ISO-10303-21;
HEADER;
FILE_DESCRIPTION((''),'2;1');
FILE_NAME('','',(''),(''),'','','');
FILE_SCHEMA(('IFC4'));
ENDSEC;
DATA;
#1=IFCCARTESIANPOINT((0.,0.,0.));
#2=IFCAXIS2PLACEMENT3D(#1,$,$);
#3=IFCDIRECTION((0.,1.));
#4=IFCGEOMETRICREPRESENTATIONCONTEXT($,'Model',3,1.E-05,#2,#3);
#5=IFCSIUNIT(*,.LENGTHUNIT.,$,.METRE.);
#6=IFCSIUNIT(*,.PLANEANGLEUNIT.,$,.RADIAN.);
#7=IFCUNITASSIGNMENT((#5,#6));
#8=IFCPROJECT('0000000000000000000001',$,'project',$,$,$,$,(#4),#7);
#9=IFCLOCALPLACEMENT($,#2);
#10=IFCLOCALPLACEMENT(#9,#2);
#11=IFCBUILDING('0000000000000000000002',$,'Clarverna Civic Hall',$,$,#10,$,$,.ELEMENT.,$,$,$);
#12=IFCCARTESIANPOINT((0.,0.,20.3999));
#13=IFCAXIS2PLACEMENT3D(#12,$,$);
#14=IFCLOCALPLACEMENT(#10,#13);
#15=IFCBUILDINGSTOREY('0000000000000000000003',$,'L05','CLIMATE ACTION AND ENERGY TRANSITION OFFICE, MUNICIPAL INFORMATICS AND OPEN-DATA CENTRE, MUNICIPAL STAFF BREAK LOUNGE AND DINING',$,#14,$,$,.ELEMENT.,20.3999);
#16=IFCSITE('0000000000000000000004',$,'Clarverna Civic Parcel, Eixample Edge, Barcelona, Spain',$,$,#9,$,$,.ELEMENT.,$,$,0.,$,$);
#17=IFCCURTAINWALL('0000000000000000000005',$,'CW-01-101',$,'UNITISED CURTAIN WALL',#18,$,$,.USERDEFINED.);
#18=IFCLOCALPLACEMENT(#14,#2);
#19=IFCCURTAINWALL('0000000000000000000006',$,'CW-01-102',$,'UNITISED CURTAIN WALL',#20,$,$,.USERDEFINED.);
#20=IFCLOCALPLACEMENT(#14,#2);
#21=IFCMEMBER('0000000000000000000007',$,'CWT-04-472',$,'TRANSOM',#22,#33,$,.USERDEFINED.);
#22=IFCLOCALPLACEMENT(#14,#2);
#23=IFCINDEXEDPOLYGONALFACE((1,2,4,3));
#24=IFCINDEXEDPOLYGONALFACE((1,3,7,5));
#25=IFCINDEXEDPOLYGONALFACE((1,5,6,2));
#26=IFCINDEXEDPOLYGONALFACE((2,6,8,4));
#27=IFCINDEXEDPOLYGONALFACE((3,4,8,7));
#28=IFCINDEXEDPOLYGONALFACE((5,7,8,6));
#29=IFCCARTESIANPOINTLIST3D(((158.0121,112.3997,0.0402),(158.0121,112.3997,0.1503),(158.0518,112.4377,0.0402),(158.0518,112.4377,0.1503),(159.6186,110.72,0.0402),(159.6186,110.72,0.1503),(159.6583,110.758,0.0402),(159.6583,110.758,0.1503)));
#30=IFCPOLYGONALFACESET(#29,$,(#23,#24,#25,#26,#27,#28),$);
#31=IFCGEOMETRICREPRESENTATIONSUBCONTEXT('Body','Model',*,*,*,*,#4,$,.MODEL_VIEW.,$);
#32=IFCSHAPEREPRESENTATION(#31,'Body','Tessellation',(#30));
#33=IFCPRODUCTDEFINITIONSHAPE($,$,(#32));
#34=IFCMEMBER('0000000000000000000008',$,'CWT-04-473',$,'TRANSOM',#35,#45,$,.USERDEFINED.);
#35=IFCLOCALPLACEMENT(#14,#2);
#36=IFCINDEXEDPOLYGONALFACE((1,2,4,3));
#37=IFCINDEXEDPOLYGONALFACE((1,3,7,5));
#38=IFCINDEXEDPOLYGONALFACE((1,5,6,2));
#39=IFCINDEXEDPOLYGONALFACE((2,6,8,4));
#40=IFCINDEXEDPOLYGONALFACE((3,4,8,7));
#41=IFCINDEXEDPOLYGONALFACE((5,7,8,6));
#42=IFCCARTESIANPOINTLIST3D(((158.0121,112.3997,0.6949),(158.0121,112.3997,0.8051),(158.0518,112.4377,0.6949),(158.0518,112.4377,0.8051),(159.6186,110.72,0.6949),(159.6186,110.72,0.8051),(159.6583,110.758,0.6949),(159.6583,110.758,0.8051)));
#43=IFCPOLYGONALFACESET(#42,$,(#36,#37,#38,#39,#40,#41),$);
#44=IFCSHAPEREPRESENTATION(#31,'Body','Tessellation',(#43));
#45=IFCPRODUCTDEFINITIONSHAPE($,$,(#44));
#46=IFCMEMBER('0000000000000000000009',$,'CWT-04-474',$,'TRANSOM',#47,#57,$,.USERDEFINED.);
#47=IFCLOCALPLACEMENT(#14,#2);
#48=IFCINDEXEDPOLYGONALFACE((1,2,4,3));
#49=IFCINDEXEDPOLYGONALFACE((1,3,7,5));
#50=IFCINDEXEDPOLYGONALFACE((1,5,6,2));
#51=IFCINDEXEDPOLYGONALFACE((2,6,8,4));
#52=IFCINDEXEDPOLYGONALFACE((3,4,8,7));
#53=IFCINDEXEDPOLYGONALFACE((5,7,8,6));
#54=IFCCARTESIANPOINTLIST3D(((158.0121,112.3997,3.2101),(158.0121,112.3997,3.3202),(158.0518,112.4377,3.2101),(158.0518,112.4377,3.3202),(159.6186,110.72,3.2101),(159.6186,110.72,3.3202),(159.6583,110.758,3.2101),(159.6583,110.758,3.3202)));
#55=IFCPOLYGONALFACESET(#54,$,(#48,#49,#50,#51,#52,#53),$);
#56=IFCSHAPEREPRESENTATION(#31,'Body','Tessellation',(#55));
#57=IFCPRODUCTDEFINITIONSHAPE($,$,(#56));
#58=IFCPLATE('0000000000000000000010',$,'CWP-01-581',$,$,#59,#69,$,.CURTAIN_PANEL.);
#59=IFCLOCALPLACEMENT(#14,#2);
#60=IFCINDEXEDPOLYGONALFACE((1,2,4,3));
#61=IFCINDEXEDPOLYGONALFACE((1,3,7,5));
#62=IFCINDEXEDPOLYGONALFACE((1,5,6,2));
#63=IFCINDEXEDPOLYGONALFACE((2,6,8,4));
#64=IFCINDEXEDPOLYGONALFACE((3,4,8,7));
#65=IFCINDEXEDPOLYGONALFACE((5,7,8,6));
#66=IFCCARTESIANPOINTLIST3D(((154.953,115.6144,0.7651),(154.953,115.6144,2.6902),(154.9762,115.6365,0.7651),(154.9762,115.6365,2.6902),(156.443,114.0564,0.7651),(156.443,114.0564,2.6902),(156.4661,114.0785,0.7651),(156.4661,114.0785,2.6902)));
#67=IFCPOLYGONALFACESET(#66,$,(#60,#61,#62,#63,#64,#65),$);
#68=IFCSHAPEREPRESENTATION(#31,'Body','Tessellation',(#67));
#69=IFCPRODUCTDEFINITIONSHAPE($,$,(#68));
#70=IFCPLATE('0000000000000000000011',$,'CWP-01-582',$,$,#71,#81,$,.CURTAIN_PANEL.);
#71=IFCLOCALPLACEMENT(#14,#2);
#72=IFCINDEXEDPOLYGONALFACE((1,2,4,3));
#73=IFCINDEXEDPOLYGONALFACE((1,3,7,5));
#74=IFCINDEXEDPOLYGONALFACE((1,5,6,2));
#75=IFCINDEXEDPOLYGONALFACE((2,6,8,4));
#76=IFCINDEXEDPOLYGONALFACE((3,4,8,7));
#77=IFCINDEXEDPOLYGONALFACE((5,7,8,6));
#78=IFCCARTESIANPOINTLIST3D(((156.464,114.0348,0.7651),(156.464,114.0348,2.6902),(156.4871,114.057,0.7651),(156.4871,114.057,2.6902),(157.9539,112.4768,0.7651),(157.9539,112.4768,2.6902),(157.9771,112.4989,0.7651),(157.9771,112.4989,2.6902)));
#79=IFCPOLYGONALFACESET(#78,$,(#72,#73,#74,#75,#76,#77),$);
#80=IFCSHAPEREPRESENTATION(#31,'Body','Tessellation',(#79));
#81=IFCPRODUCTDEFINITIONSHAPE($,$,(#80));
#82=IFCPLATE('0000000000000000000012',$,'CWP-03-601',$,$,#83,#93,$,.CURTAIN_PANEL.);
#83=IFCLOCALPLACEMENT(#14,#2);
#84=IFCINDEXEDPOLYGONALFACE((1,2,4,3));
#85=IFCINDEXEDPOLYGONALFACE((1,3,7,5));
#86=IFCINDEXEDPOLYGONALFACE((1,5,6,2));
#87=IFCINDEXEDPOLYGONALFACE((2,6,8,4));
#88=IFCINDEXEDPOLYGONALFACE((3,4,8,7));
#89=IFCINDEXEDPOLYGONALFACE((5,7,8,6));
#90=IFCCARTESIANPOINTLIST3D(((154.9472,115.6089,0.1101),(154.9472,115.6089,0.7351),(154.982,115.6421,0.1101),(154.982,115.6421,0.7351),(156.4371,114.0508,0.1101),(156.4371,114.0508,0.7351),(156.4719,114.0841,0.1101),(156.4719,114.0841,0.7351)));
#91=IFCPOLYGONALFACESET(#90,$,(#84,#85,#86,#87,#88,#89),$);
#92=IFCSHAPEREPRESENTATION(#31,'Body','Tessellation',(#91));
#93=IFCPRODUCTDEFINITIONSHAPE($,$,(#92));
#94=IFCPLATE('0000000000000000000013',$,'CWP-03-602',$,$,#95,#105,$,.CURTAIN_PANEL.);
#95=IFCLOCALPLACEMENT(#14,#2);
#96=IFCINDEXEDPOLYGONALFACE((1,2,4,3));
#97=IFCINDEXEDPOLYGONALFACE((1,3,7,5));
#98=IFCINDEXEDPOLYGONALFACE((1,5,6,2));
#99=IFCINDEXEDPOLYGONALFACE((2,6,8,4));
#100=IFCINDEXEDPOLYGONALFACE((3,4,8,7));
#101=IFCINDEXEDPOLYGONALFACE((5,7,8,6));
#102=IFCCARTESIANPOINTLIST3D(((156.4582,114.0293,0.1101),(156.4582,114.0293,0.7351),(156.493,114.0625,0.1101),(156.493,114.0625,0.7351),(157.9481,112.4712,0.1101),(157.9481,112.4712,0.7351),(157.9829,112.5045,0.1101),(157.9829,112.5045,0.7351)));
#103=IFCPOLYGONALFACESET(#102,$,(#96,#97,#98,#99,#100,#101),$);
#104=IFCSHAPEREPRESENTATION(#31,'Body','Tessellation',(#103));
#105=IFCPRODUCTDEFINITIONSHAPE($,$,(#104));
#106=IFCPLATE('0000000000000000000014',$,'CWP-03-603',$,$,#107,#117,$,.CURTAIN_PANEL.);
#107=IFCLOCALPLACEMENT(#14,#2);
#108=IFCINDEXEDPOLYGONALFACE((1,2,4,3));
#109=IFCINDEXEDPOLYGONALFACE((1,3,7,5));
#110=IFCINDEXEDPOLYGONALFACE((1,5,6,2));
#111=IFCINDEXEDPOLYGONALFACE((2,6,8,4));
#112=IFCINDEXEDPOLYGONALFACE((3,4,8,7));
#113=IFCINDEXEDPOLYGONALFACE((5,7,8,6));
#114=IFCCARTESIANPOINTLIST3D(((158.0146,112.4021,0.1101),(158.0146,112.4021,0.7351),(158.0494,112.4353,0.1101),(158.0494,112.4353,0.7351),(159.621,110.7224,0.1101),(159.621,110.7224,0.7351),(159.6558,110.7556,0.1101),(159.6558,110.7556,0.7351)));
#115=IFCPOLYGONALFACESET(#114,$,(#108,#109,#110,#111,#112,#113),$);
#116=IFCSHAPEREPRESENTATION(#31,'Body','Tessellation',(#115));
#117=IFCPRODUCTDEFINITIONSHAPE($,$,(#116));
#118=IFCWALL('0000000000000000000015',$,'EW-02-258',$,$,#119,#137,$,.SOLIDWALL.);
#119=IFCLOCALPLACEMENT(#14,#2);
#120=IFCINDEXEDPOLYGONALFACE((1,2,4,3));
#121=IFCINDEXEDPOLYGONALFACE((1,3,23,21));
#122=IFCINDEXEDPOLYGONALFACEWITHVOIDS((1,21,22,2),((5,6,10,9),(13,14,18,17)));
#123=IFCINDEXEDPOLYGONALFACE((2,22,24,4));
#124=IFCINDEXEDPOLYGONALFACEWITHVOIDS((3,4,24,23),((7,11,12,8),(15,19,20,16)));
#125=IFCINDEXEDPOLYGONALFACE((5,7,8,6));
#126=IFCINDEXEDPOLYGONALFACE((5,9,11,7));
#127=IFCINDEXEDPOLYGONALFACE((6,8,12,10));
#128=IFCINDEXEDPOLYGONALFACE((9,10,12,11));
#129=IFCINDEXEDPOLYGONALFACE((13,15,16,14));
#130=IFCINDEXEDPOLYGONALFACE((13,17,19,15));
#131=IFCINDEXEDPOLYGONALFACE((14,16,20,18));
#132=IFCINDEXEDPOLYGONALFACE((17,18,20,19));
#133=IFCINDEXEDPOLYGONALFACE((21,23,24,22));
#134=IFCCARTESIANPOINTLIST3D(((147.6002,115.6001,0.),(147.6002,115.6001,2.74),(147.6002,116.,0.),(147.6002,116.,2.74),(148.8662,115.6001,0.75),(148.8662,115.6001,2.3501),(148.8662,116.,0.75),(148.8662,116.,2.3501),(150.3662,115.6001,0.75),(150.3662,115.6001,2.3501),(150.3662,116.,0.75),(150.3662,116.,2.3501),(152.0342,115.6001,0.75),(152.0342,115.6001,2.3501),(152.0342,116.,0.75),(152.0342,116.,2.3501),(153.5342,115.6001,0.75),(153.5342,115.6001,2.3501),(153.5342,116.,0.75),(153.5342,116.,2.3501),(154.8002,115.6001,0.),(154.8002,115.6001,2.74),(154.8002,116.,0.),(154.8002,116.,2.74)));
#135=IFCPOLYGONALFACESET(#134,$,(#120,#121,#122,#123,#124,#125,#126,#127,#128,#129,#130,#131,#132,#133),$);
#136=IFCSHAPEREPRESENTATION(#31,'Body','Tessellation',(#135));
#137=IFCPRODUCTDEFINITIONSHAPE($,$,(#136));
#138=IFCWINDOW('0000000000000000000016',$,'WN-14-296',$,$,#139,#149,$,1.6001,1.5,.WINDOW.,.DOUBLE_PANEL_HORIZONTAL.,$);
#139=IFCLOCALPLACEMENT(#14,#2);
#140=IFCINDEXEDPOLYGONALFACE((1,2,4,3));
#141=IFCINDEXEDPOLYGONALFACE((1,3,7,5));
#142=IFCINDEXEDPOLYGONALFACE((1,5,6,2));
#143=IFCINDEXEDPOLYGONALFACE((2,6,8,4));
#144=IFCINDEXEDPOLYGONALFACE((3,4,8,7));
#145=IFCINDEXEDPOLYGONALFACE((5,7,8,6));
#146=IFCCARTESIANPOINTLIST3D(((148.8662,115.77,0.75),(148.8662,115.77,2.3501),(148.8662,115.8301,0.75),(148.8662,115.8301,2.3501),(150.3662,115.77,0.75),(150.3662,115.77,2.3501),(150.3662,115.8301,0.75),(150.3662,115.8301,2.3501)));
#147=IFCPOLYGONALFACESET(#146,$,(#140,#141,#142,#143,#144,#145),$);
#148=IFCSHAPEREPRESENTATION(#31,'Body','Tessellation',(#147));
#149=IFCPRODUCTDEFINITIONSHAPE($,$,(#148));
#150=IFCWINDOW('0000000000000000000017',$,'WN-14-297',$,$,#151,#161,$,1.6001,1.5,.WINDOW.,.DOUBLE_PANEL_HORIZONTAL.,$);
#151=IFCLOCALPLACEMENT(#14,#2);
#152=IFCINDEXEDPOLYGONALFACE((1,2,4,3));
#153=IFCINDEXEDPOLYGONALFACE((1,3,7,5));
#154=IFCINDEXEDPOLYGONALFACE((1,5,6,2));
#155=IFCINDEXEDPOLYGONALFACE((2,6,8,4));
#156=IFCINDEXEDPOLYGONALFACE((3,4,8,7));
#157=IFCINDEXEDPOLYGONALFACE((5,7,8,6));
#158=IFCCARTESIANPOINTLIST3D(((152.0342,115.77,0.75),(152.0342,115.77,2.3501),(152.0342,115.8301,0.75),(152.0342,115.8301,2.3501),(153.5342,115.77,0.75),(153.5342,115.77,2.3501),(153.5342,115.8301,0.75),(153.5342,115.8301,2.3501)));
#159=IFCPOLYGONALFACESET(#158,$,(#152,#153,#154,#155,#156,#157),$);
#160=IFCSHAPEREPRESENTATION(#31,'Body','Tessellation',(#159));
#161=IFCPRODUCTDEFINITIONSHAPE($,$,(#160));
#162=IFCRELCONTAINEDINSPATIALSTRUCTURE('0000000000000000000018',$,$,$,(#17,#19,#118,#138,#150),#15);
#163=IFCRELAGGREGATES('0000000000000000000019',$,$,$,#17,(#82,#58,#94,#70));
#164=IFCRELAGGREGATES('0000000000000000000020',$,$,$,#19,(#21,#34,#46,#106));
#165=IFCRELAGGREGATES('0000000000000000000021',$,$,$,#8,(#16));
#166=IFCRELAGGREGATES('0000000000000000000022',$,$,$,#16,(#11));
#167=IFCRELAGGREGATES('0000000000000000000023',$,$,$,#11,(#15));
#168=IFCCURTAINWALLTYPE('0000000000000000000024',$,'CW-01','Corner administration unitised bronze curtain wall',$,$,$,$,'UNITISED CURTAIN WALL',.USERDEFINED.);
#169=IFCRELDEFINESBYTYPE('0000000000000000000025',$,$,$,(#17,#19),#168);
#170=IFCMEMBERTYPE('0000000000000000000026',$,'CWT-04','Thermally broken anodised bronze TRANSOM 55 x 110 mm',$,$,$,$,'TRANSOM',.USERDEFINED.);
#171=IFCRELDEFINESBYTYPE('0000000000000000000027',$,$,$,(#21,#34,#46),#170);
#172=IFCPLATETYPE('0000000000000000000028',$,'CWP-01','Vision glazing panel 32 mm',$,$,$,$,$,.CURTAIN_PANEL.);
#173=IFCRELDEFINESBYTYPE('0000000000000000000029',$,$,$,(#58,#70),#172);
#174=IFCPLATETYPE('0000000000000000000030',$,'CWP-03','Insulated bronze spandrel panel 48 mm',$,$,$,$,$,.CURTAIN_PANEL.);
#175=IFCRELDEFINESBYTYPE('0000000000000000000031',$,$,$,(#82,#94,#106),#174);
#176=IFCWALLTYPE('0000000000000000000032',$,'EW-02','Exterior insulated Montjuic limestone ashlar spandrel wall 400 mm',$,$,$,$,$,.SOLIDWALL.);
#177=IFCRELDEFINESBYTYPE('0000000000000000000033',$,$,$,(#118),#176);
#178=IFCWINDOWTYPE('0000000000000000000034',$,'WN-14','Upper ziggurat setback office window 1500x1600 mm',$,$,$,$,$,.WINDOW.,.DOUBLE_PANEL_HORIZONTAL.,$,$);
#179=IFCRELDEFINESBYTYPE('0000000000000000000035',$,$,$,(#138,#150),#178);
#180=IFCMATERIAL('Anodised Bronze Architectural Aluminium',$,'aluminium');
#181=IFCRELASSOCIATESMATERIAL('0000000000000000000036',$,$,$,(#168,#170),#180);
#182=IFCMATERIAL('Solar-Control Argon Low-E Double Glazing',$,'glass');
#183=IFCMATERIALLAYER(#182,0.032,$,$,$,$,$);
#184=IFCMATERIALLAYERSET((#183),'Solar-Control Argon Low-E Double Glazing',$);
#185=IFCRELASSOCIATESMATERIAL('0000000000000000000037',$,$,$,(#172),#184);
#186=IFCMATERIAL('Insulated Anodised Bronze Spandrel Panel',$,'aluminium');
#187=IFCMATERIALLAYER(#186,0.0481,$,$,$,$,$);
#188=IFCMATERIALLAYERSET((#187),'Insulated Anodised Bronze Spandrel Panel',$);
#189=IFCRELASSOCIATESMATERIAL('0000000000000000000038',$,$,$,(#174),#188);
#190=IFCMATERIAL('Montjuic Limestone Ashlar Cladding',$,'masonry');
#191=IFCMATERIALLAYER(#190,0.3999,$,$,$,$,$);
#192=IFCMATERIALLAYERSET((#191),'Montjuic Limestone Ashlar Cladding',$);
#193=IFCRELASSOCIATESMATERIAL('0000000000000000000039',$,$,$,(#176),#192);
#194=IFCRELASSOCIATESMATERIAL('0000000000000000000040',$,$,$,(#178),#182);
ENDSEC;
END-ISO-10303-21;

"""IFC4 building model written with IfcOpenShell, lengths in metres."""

from ifc_helpers import new_model, si_unit, direction, frame, frame_2d, origin, origin_2d, place, context, subcontext, project, spatial, rectangle, extrude, material, layer, layer_set, material_profile, profile_set, type_object, element, fill, aggregate, save


model = new_model("IFC4")

# Units and contexts
model_context = context("Model", 3, precision=1e-05, world=origin(), true_north=direction((0.0, 1.0)))
body_context = subcontext(model_context, "Body", "Model", "MODEL_VIEW")
ifc_project = project(units=[si_unit("LENGTHUNIT", "METRE"), si_unit("PLANEANGLEUNIT", "RADIAN")], contexts=[model_context])

# Site, building, storey
site_placement = place(None, origin())
site = spatial("IfcSite", under=ifc_project, at=site_placement, Name="Clarverna Civic Parcel, Eixample Edge, Barcelona, Spain", CompositionType="ELEMENT", RefElevation=0.0)
building_placement = place(site_placement, origin())
building = spatial("IfcBuilding", under=site, at=building_placement, Name="Clarverna Civic Hall", CompositionType="ELEMENT")
storey_placement = place(building_placement, frame((0.0, 0.0, 20.3999)))
storey = spatial("IfcBuildingStorey", under=building, at=storey_placement, Name="L05", Description="CLIMATE ACTION AND ENERGY TRANSITION OFFICE, MUNICIPAL INFORMATICS AND OPEN-DATA CENTRE, MUNICIPAL STAFF BREAK LOUNGE AND DINING", CompositionType="ELEMENT", Elevation=20.3999)

# Curtain wall
ifc_material_1 = material(Name="Anodised Bronze Architectural Aluminium", Category="aluminium")
curtain_wall_type = type_object("IfcCurtainWallType", Name="CW-01", Description="Corner administration unitised bronze curtain wall", ElementType="UNITISED CURTAIN WALL", PredefinedType="USERDEFINED", material=ifc_material_1)
curtain_wall_1_placement = place(storey_placement, origin())
curtain_wall_1 = element("IfcCurtainWall", 1, at=curtain_wall_1_placement, inside=storey, type_object=curtain_wall_type, Name="CW-01-101", ObjectType="UNITISED CURTAIN WALL", PredefinedType="USERDEFINED")

# Curtain wall
curtain_wall_2_placement = place(storey_placement, origin())
curtain_wall_2 = element("IfcCurtainWall", 2, at=curtain_wall_2_placement, inside=storey, type_object=curtain_wall_type, Name="CW-01-102", ObjectType="UNITISED CURTAIN WALL", PredefinedType="USERDEFINED")

# Members
ifc_material_profile_1 = material_profile(ifc_material_1, rectangle(XDim=0.0549, YDim=0.1101, at=origin_2d()), Name="BRONZE 55x110")
ifc_profile_set_1 = profile_set([ifc_material_profile_1], Name="Anodised Bronze Architectural Aluminium")
member_type_1 = type_object("IfcMemberType", Name="CWT-04", Description="Thermally broken anodised bronze TRANSOM 55 x 110 mm", ElementType="TRANSOM", PredefinedType="USERDEFINED", material=ifc_profile_set_1)
member_1_placement = place(storey_placement, frame((158.032, 112.4187, 0.0952), z_axis=(0.691175, -0.722687, 0.0), x_axis=(0.722687, 0.691175, 0.0)))
member_1 = element("IfcMember", 3, at=member_1_placement, type_object=member_type_1, Name="CWT-04-472", ObjectType="TRANSOM", PredefinedType="USERDEFINED", context=body_context, shape_type="SweptSolid", body=[
    extrude(rectangle(XDim=0.0549, YDim=0.1101, at=origin_2d()), origin(), (0.0, 0.0, 1.0), 2.3242),
])
member_2_placement = place(storey_placement, frame((158.032, 112.4187, 0.75), z_axis=(0.691175, -0.722687, 0.0), x_axis=(0.722687, 0.691175, 0.0)))
member_2 = element("IfcMember", 4, at=member_2_placement, type_object=member_type_1, Name="CWT-04-473", ObjectType="TRANSOM", PredefinedType="USERDEFINED", context=body_context, shape_type="SweptSolid", body=[
    extrude(rectangle(XDim=0.0549, YDim=0.1101, at=origin_2d()), origin(), (0.0, 0.0, 1.0), 2.3242),
])
member_3_placement = place(storey_placement, frame((158.032, 112.4187, 3.2651), z_axis=(0.691175, -0.722687, 0.0), x_axis=(0.722687, 0.691175, 0.0)))
member_3 = element("IfcMember", 5, at=member_3_placement, type_object=member_type_1, Name="CWT-04-474", ObjectType="TRANSOM", PredefinedType="USERDEFINED", context=body_context, shape_type="SweptSolid", body=[
    extrude(rectangle(XDim=0.0549, YDim=0.1101, at=origin_2d()), origin(), (0.0, 0.0, 1.0), 2.3242),
])

# Plates
ifc_material_2 = material(Name="Solar-Control Argon Low-E Double Glazing", Category="glass")
ifc_layer_1 = layer(ifc_material_2, 0.032)
ifc_layer_set_1 = layer_set([ifc_layer_1], Name="Solar-Control Argon Low-E Double Glazing")
plate_type_1 = type_object("IfcPlateType", Name="CWP-01", Description="Vision glazing panel 32 mm", PredefinedType="CURTAIN_PANEL", material=ifc_layer_set_1)
plate_1_placement = place(storey_placement, frame((154.9646, 115.6255, 0.7651), z_axis=(0.0, 0.0, 1.0), x_axis=(0.691133, -0.722728, 0.0)))
plate_1 = element("IfcPlate", 6, at=plate_1_placement, type_object=plate_type_1, Name="CWP-01-581", PredefinedType="CURTAIN_PANEL", context=body_context, shape_type="SweptSolid", body=[
    extrude(rectangle(XDim=2.1558, YDim=0.032, at=frame_2d((1.0779, 0.0))), origin(), (0.0, 0.0, 1.0), 1.925),
])
plate_2_placement = place(storey_placement, frame((156.4756, 114.0459, 0.7651), z_axis=(0.0, 0.0, 1.0), x_axis=(0.691133, -0.722728, 0.0)))
plate_2 = element("IfcPlate", 7, at=plate_2_placement, type_object=plate_type_1, Name="CWP-01-582", PredefinedType="CURTAIN_PANEL", context=body_context, shape_type="SweptSolid", body=[
    extrude(rectangle(XDim=2.1558, YDim=0.032, at=frame_2d((1.0779, 0.0))), origin(), (0.0, 0.0, 1.0), 1.925),
])
ifc_material_3 = material(Name="Insulated Anodised Bronze Spandrel Panel", Category="aluminium")
ifc_layer_2 = layer(ifc_material_3, 0.0481)
ifc_layer_set_2 = layer_set([ifc_layer_2], Name="Insulated Anodised Bronze Spandrel Panel")
plate_type_2 = type_object("IfcPlateType", Name="CWP-03", Description="Insulated bronze spandrel panel 48 mm", PredefinedType="CURTAIN_PANEL", material=ifc_layer_set_2)
plate_3_placement = place(storey_placement, frame((154.9646, 115.6255, 0.1101), z_axis=(0.0, 0.0, 1.0), x_axis=(0.691133, -0.722728, 0.0)))
plate_3 = element("IfcPlate", 8, at=plate_3_placement, type_object=plate_type_2, Name="CWP-03-601", PredefinedType="CURTAIN_PANEL", context=body_context, shape_type="SweptSolid", body=[
    extrude(rectangle(XDim=2.1558, YDim=0.0481, at=frame_2d((1.0779, 0.0))), origin(), (0.0, 0.0, 1.0), 0.625),
])
plate_4_placement = place(storey_placement, frame((156.4756, 114.0459, 0.1101), z_axis=(0.0, 0.0, 1.0), x_axis=(0.691133, -0.722728, 0.0)))
plate_4 = element("IfcPlate", 9, at=plate_4_placement, type_object=plate_type_2, Name="CWP-03-602", PredefinedType="CURTAIN_PANEL", context=body_context, shape_type="SweptSolid", body=[
    extrude(rectangle(XDim=2.1558, YDim=0.0481, at=frame_2d((1.0779, 0.0))), origin(), (0.0, 0.0, 1.0), 0.625),
])
aggregate(curtain_wall_1, [plate_3, plate_1, plate_4, plate_2])
plate_5_placement = place(storey_placement, frame((158.032, 112.4187, 0.1101), z_axis=(0.0, 0.0, 1.0), x_axis=(0.691175, -0.722687, 0.0)))
plate_5 = element("IfcPlate", 10, at=plate_5_placement, type_object=plate_type_2, Name="CWP-03-603", PredefinedType="CURTAIN_PANEL", context=body_context, shape_type="SweptSolid", body=[
    extrude(rectangle(XDim=2.3242, YDim=0.0481, at=frame_2d((1.1621, 0.0))), origin(), (0.0, 0.0, 1.0), 0.625),
])
aggregate(curtain_wall_2, [member_1, member_2, member_3, plate_5])

# Wall, openings, windows
ifc_material_4 = material(Name="Montjuic Limestone Ashlar Cladding", Category="masonry")
ifc_layer_3 = layer(ifc_material_4, 0.3999)
ifc_layer_set_3 = layer_set([ifc_layer_3], Name="Montjuic Limestone Ashlar Cladding")
wall_type_1 = type_object("IfcWallType", Name="EW-02", Description="Exterior insulated Montjuic limestone ashlar spandrel wall 400 mm", PredefinedType="SOLIDWALL", material=ifc_layer_set_3)
wall_1_placement = place(storey_placement, frame((147.6001, 115.8, 0.0), z_axis=(0.0, 0.0, 1.0), x_axis=(1.0, 0.0, 0.0)))
wall_1 = element("IfcWall", 11, at=wall_1_placement, inside=storey, type_object=wall_type_1, Name="EW-02-258", PredefinedType="SOLIDWALL", context=body_context, shape_type="SweptSolid", body=[
    extrude(rectangle(XDim=7.2, YDim=0.3999, at=frame_2d((3.6001, 0.0))), origin(), (0.0, 0.0, 1.0), 2.74),
])
opening_1_placement = place(wall_1_placement, frame((1.2661, 0.0, 0.75)))
opening_1 = element("IfcOpeningElement", 12, at=opening_1_placement, cuts=wall_1, PredefinedType="OPENING", context=body_context, shape_type="SweptSolid", body=[
    extrude(rectangle(XDim=1.5, YDim=1.6001, at=frame_2d((0.75, 0.8))), frame((0.0, 0.21, 0.0), z_axis=(0.0, -1.0, 0.0), x_axis=(1.0, 0.0, 0.0)), (0.0, 0.0, 1.0), 0.4199),
])
opening_2_placement = place(wall_1_placement, frame((4.4341, 0.0, 0.75)))
opening_2 = element("IfcOpeningElement", 13, at=opening_2_placement, cuts=wall_1, PredefinedType="OPENING", context=body_context, shape_type="SweptSolid", body=[
    extrude(rectangle(XDim=1.5, YDim=1.6001, at=frame_2d((0.75, 0.8))), frame((0.0, 0.21, 0.0), z_axis=(0.0, -1.0, 0.0), x_axis=(1.0, 0.0, 0.0)), (0.0, 0.0, 1.0), 0.4199),
])
window_type = type_object("IfcWindowType", Name="WN-14", Description="Upper ziggurat setback office window 1500x1600 mm", PartitioningType="DOUBLE_PANEL_HORIZONTAL", PredefinedType="WINDOW", material=ifc_material_2)
window_1_placement = place(opening_1_placement, origin())
window_1 = element("IfcWindow", 14, at=window_1_placement, inside=storey, type_object=window_type, Name="WN-14-296", OverallHeight=1.6001, OverallWidth=1.5, PartitioningType="DOUBLE_PANEL_HORIZONTAL", PredefinedType="WINDOW", context=body_context, shape_type="SweptSolid", body=[
    extrude(rectangle(XDim=1.5, YDim=1.6001, at=frame_2d((0.75, 0.8))), frame((0.0, 0.03, 0.0), z_axis=(0.0, -1.0, 0.0), x_axis=(1.0, 0.0, 0.0)), (0.0, 0.0, 1.0), 0.0601),
])
fill(opening_1, window_1)
window_2_placement = place(opening_2_placement, origin())
window_2 = element("IfcWindow", 15, at=window_2_placement, inside=storey, type_object=window_type, Name="WN-14-297", OverallHeight=1.6001, OverallWidth=1.5, PartitioningType="DOUBLE_PANEL_HORIZONTAL", PredefinedType="WINDOW", context=body_context, shape_type="SweptSolid", body=[
    extrude(rectangle(XDim=1.5, YDim=1.6001, at=frame_2d((0.75, 0.8))), frame((0.0, 0.03, 0.0), z_axis=(0.0, -1.0, 0.0), x_axis=(1.0, 0.0, 0.0)), (0.0, 0.0, 1.0), 0.0601),
])
fill(opening_2, window_2)

save(model, "model.ifc")
